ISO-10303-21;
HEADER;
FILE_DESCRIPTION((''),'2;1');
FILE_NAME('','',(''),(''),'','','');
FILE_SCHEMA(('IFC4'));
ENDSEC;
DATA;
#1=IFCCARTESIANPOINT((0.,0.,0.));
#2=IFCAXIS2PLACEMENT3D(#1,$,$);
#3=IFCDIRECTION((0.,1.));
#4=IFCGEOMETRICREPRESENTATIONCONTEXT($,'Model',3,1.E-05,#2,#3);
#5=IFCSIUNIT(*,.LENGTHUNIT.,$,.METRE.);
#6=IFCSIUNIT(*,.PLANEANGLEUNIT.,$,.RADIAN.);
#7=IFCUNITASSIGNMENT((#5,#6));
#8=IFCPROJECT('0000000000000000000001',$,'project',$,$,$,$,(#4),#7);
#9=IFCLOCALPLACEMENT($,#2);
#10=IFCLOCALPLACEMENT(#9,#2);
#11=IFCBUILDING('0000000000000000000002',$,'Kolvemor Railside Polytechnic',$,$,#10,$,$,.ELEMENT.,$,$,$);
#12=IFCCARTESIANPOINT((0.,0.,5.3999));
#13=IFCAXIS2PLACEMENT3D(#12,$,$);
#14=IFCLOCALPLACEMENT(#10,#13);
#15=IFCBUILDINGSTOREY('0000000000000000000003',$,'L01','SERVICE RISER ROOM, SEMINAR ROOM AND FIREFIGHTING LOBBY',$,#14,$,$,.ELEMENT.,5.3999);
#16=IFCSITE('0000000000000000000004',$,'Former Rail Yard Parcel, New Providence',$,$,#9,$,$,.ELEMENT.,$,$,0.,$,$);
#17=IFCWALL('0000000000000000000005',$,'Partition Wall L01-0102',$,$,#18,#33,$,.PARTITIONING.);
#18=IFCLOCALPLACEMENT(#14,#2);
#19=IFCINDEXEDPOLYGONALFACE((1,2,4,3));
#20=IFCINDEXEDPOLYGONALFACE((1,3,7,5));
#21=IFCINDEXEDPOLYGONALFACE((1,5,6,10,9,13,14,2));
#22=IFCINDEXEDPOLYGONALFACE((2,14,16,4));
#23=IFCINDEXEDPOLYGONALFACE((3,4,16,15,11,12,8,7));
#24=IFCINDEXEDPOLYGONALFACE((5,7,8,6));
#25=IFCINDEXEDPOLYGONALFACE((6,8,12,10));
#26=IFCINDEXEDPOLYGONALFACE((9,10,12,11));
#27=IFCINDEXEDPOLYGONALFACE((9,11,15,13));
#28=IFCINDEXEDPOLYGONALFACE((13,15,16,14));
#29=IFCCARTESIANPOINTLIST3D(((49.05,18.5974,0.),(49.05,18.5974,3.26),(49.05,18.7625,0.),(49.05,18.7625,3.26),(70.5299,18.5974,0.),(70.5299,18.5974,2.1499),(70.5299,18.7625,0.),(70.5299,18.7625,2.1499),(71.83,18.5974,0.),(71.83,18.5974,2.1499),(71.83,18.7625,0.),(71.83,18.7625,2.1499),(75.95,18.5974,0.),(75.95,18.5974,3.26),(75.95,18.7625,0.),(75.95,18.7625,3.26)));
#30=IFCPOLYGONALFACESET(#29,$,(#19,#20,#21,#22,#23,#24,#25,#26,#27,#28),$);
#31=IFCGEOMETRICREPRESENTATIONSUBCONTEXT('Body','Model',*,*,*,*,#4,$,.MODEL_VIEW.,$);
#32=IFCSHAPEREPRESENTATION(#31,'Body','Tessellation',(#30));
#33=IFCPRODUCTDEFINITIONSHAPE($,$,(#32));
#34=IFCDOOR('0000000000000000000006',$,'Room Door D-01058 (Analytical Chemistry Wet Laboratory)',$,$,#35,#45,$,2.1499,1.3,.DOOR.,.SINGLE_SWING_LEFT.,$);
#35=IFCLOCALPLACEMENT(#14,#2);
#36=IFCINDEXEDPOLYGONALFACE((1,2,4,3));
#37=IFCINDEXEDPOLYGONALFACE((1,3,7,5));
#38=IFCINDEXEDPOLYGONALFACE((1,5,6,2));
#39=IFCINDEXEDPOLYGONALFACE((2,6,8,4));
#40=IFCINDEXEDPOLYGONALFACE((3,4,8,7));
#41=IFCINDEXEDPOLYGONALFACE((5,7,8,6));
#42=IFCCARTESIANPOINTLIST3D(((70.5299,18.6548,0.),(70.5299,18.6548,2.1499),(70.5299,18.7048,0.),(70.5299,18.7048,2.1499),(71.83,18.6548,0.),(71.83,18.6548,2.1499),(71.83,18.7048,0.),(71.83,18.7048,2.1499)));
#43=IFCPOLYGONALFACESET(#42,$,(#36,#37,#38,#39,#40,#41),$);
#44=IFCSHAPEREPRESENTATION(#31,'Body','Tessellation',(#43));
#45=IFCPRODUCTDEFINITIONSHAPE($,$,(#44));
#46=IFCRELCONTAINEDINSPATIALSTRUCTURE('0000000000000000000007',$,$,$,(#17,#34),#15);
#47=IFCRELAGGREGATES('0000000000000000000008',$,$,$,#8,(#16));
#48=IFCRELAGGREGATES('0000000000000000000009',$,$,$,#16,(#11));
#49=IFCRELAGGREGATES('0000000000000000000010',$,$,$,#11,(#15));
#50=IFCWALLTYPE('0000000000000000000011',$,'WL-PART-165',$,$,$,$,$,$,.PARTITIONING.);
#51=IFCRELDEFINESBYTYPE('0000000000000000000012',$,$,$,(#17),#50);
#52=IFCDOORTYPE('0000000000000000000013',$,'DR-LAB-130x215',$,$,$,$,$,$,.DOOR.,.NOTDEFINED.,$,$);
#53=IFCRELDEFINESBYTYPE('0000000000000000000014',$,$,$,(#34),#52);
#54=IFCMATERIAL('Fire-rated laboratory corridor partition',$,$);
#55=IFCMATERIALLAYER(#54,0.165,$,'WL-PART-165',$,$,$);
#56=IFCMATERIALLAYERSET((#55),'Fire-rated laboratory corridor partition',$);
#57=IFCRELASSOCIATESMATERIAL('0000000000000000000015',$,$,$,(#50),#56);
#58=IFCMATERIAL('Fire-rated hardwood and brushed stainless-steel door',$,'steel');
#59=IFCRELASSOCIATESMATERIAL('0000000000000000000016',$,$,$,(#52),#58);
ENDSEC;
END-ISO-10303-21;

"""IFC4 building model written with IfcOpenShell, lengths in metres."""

from ifc_helpers import new_model, si_unit, direction, frame, frame_2d, origin, place, context, subcontext, project, spatial, rectangle, extrude, material, layer, layer_set, type_object, element, fill, save


model = new_model("IFC4")

# Units and contexts
model_context = context("Model", 3, precision=1e-05, world=origin(), true_north=direction((0.0, 1.0)))
body_context = subcontext(model_context, "Body", "Model", "MODEL_VIEW")
ifc_project = project(units=[si_unit("LENGTHUNIT", "METRE"), si_unit("PLANEANGLEUNIT", "RADIAN")], contexts=[model_context])

# Site, building, storey
site_placement = place(None, origin())
site = spatial("IfcSite", under=ifc_project, at=site_placement, Name="Former Rail Yard Parcel, New Providence", CompositionType="ELEMENT", RefElevation=0.0)
building_placement = place(site_placement, origin())
building = spatial("IfcBuilding", under=site, at=building_placement, Name="Kolvemor Railside Polytechnic", CompositionType="ELEMENT")
storey_placement = place(building_placement, frame((0.0, 0.0, 5.3999)))
storey = spatial("IfcBuildingStorey", under=building, at=storey_placement, Name="L01", Description="SERVICE RISER ROOM, SEMINAR ROOM AND FIREFIGHTING LOBBY", CompositionType="ELEMENT", Elevation=5.3999)

# Wall, opening, door
ifc_material_1 = material(Name="Fire-rated laboratory corridor partition")
ifc_layer_1 = layer(ifc_material_1, 0.165, Name="WL-PART-165")
ifc_layer_set_1 = layer_set([ifc_layer_1], Name="Fire-rated laboratory corridor partition")
wall_type_1 = type_object("IfcWallType", Name="WL-PART-165", PredefinedType="PARTITIONING", material=ifc_layer_set_1)
wall_1_placement = place(storey_placement, frame((49.05, 18.6799, 0.0), z_axis=(0.0, 0.0, 1.0), x_axis=(1.0, 0.0, 0.0)))
wall_1 = element("IfcWall", 1, at=wall_1_placement, inside=storey, type_object=wall_type_1, Name="Partition Wall L01-0102", PredefinedType="PARTITIONING", context=body_context, shape_type="SweptSolid", body=[
    extrude(rectangle(XDim=26.8999, YDim=0.165, at=frame_2d((13.45, 0.0))), origin(), (0.0, 0.0, 1.0), 3.26),
])
opening_1_placement = place(wall_1_placement, frame((21.48, 0.0, 0.0)))
opening_1 = element("IfcOpeningElement", 2, at=opening_1_placement, cuts=wall_1, PredefinedType="OPENING", context=body_context, shape_type="SweptSolid", body=[
    extrude(rectangle(XDim=1.3, YDim=2.1499, at=frame_2d((0.6499, 1.075))), frame((0.0, 0.0925, 0.0), z_axis=(0.0, -1.0, 0.0), x_axis=(1.0, 0.0, 0.0)), (0.0, 0.0, 1.0), 0.1851),
])
ifc_material_2 = material(Name="Fire-rated hardwood and brushed stainless-steel door", Category="steel")
door_type_1 = type_object("IfcDoorType", Name="DR-LAB-130x215", OperationType="NOTDEFINED", PredefinedType="DOOR", material=ifc_material_2)
door_1_placement = place(opening_1_placement, origin())
door_1 = element("IfcDoor", 3, at=door_1_placement, inside=storey, type_object=door_type_1, Name="Room Door D-01058 (Analytical Chemistry Wet Laboratory)", OperationType="SINGLE_SWING_LEFT", OverallHeight=2.1499, OverallWidth=1.3, PredefinedType="DOOR", context=body_context, shape_type="SweptSolid", body=[
    extrude(rectangle(XDim=1.3, YDim=2.1499, at=frame_2d((0.6499, 1.075))), frame((0.0, 0.0249, 0.0), z_axis=(0.0, -1.0, 0.0), x_axis=(1.0, 0.0, 0.0)), (0.0, 0.0, 1.0), 0.05),
])
fill(opening_1, door_1)

save(model, "model.ifc")
